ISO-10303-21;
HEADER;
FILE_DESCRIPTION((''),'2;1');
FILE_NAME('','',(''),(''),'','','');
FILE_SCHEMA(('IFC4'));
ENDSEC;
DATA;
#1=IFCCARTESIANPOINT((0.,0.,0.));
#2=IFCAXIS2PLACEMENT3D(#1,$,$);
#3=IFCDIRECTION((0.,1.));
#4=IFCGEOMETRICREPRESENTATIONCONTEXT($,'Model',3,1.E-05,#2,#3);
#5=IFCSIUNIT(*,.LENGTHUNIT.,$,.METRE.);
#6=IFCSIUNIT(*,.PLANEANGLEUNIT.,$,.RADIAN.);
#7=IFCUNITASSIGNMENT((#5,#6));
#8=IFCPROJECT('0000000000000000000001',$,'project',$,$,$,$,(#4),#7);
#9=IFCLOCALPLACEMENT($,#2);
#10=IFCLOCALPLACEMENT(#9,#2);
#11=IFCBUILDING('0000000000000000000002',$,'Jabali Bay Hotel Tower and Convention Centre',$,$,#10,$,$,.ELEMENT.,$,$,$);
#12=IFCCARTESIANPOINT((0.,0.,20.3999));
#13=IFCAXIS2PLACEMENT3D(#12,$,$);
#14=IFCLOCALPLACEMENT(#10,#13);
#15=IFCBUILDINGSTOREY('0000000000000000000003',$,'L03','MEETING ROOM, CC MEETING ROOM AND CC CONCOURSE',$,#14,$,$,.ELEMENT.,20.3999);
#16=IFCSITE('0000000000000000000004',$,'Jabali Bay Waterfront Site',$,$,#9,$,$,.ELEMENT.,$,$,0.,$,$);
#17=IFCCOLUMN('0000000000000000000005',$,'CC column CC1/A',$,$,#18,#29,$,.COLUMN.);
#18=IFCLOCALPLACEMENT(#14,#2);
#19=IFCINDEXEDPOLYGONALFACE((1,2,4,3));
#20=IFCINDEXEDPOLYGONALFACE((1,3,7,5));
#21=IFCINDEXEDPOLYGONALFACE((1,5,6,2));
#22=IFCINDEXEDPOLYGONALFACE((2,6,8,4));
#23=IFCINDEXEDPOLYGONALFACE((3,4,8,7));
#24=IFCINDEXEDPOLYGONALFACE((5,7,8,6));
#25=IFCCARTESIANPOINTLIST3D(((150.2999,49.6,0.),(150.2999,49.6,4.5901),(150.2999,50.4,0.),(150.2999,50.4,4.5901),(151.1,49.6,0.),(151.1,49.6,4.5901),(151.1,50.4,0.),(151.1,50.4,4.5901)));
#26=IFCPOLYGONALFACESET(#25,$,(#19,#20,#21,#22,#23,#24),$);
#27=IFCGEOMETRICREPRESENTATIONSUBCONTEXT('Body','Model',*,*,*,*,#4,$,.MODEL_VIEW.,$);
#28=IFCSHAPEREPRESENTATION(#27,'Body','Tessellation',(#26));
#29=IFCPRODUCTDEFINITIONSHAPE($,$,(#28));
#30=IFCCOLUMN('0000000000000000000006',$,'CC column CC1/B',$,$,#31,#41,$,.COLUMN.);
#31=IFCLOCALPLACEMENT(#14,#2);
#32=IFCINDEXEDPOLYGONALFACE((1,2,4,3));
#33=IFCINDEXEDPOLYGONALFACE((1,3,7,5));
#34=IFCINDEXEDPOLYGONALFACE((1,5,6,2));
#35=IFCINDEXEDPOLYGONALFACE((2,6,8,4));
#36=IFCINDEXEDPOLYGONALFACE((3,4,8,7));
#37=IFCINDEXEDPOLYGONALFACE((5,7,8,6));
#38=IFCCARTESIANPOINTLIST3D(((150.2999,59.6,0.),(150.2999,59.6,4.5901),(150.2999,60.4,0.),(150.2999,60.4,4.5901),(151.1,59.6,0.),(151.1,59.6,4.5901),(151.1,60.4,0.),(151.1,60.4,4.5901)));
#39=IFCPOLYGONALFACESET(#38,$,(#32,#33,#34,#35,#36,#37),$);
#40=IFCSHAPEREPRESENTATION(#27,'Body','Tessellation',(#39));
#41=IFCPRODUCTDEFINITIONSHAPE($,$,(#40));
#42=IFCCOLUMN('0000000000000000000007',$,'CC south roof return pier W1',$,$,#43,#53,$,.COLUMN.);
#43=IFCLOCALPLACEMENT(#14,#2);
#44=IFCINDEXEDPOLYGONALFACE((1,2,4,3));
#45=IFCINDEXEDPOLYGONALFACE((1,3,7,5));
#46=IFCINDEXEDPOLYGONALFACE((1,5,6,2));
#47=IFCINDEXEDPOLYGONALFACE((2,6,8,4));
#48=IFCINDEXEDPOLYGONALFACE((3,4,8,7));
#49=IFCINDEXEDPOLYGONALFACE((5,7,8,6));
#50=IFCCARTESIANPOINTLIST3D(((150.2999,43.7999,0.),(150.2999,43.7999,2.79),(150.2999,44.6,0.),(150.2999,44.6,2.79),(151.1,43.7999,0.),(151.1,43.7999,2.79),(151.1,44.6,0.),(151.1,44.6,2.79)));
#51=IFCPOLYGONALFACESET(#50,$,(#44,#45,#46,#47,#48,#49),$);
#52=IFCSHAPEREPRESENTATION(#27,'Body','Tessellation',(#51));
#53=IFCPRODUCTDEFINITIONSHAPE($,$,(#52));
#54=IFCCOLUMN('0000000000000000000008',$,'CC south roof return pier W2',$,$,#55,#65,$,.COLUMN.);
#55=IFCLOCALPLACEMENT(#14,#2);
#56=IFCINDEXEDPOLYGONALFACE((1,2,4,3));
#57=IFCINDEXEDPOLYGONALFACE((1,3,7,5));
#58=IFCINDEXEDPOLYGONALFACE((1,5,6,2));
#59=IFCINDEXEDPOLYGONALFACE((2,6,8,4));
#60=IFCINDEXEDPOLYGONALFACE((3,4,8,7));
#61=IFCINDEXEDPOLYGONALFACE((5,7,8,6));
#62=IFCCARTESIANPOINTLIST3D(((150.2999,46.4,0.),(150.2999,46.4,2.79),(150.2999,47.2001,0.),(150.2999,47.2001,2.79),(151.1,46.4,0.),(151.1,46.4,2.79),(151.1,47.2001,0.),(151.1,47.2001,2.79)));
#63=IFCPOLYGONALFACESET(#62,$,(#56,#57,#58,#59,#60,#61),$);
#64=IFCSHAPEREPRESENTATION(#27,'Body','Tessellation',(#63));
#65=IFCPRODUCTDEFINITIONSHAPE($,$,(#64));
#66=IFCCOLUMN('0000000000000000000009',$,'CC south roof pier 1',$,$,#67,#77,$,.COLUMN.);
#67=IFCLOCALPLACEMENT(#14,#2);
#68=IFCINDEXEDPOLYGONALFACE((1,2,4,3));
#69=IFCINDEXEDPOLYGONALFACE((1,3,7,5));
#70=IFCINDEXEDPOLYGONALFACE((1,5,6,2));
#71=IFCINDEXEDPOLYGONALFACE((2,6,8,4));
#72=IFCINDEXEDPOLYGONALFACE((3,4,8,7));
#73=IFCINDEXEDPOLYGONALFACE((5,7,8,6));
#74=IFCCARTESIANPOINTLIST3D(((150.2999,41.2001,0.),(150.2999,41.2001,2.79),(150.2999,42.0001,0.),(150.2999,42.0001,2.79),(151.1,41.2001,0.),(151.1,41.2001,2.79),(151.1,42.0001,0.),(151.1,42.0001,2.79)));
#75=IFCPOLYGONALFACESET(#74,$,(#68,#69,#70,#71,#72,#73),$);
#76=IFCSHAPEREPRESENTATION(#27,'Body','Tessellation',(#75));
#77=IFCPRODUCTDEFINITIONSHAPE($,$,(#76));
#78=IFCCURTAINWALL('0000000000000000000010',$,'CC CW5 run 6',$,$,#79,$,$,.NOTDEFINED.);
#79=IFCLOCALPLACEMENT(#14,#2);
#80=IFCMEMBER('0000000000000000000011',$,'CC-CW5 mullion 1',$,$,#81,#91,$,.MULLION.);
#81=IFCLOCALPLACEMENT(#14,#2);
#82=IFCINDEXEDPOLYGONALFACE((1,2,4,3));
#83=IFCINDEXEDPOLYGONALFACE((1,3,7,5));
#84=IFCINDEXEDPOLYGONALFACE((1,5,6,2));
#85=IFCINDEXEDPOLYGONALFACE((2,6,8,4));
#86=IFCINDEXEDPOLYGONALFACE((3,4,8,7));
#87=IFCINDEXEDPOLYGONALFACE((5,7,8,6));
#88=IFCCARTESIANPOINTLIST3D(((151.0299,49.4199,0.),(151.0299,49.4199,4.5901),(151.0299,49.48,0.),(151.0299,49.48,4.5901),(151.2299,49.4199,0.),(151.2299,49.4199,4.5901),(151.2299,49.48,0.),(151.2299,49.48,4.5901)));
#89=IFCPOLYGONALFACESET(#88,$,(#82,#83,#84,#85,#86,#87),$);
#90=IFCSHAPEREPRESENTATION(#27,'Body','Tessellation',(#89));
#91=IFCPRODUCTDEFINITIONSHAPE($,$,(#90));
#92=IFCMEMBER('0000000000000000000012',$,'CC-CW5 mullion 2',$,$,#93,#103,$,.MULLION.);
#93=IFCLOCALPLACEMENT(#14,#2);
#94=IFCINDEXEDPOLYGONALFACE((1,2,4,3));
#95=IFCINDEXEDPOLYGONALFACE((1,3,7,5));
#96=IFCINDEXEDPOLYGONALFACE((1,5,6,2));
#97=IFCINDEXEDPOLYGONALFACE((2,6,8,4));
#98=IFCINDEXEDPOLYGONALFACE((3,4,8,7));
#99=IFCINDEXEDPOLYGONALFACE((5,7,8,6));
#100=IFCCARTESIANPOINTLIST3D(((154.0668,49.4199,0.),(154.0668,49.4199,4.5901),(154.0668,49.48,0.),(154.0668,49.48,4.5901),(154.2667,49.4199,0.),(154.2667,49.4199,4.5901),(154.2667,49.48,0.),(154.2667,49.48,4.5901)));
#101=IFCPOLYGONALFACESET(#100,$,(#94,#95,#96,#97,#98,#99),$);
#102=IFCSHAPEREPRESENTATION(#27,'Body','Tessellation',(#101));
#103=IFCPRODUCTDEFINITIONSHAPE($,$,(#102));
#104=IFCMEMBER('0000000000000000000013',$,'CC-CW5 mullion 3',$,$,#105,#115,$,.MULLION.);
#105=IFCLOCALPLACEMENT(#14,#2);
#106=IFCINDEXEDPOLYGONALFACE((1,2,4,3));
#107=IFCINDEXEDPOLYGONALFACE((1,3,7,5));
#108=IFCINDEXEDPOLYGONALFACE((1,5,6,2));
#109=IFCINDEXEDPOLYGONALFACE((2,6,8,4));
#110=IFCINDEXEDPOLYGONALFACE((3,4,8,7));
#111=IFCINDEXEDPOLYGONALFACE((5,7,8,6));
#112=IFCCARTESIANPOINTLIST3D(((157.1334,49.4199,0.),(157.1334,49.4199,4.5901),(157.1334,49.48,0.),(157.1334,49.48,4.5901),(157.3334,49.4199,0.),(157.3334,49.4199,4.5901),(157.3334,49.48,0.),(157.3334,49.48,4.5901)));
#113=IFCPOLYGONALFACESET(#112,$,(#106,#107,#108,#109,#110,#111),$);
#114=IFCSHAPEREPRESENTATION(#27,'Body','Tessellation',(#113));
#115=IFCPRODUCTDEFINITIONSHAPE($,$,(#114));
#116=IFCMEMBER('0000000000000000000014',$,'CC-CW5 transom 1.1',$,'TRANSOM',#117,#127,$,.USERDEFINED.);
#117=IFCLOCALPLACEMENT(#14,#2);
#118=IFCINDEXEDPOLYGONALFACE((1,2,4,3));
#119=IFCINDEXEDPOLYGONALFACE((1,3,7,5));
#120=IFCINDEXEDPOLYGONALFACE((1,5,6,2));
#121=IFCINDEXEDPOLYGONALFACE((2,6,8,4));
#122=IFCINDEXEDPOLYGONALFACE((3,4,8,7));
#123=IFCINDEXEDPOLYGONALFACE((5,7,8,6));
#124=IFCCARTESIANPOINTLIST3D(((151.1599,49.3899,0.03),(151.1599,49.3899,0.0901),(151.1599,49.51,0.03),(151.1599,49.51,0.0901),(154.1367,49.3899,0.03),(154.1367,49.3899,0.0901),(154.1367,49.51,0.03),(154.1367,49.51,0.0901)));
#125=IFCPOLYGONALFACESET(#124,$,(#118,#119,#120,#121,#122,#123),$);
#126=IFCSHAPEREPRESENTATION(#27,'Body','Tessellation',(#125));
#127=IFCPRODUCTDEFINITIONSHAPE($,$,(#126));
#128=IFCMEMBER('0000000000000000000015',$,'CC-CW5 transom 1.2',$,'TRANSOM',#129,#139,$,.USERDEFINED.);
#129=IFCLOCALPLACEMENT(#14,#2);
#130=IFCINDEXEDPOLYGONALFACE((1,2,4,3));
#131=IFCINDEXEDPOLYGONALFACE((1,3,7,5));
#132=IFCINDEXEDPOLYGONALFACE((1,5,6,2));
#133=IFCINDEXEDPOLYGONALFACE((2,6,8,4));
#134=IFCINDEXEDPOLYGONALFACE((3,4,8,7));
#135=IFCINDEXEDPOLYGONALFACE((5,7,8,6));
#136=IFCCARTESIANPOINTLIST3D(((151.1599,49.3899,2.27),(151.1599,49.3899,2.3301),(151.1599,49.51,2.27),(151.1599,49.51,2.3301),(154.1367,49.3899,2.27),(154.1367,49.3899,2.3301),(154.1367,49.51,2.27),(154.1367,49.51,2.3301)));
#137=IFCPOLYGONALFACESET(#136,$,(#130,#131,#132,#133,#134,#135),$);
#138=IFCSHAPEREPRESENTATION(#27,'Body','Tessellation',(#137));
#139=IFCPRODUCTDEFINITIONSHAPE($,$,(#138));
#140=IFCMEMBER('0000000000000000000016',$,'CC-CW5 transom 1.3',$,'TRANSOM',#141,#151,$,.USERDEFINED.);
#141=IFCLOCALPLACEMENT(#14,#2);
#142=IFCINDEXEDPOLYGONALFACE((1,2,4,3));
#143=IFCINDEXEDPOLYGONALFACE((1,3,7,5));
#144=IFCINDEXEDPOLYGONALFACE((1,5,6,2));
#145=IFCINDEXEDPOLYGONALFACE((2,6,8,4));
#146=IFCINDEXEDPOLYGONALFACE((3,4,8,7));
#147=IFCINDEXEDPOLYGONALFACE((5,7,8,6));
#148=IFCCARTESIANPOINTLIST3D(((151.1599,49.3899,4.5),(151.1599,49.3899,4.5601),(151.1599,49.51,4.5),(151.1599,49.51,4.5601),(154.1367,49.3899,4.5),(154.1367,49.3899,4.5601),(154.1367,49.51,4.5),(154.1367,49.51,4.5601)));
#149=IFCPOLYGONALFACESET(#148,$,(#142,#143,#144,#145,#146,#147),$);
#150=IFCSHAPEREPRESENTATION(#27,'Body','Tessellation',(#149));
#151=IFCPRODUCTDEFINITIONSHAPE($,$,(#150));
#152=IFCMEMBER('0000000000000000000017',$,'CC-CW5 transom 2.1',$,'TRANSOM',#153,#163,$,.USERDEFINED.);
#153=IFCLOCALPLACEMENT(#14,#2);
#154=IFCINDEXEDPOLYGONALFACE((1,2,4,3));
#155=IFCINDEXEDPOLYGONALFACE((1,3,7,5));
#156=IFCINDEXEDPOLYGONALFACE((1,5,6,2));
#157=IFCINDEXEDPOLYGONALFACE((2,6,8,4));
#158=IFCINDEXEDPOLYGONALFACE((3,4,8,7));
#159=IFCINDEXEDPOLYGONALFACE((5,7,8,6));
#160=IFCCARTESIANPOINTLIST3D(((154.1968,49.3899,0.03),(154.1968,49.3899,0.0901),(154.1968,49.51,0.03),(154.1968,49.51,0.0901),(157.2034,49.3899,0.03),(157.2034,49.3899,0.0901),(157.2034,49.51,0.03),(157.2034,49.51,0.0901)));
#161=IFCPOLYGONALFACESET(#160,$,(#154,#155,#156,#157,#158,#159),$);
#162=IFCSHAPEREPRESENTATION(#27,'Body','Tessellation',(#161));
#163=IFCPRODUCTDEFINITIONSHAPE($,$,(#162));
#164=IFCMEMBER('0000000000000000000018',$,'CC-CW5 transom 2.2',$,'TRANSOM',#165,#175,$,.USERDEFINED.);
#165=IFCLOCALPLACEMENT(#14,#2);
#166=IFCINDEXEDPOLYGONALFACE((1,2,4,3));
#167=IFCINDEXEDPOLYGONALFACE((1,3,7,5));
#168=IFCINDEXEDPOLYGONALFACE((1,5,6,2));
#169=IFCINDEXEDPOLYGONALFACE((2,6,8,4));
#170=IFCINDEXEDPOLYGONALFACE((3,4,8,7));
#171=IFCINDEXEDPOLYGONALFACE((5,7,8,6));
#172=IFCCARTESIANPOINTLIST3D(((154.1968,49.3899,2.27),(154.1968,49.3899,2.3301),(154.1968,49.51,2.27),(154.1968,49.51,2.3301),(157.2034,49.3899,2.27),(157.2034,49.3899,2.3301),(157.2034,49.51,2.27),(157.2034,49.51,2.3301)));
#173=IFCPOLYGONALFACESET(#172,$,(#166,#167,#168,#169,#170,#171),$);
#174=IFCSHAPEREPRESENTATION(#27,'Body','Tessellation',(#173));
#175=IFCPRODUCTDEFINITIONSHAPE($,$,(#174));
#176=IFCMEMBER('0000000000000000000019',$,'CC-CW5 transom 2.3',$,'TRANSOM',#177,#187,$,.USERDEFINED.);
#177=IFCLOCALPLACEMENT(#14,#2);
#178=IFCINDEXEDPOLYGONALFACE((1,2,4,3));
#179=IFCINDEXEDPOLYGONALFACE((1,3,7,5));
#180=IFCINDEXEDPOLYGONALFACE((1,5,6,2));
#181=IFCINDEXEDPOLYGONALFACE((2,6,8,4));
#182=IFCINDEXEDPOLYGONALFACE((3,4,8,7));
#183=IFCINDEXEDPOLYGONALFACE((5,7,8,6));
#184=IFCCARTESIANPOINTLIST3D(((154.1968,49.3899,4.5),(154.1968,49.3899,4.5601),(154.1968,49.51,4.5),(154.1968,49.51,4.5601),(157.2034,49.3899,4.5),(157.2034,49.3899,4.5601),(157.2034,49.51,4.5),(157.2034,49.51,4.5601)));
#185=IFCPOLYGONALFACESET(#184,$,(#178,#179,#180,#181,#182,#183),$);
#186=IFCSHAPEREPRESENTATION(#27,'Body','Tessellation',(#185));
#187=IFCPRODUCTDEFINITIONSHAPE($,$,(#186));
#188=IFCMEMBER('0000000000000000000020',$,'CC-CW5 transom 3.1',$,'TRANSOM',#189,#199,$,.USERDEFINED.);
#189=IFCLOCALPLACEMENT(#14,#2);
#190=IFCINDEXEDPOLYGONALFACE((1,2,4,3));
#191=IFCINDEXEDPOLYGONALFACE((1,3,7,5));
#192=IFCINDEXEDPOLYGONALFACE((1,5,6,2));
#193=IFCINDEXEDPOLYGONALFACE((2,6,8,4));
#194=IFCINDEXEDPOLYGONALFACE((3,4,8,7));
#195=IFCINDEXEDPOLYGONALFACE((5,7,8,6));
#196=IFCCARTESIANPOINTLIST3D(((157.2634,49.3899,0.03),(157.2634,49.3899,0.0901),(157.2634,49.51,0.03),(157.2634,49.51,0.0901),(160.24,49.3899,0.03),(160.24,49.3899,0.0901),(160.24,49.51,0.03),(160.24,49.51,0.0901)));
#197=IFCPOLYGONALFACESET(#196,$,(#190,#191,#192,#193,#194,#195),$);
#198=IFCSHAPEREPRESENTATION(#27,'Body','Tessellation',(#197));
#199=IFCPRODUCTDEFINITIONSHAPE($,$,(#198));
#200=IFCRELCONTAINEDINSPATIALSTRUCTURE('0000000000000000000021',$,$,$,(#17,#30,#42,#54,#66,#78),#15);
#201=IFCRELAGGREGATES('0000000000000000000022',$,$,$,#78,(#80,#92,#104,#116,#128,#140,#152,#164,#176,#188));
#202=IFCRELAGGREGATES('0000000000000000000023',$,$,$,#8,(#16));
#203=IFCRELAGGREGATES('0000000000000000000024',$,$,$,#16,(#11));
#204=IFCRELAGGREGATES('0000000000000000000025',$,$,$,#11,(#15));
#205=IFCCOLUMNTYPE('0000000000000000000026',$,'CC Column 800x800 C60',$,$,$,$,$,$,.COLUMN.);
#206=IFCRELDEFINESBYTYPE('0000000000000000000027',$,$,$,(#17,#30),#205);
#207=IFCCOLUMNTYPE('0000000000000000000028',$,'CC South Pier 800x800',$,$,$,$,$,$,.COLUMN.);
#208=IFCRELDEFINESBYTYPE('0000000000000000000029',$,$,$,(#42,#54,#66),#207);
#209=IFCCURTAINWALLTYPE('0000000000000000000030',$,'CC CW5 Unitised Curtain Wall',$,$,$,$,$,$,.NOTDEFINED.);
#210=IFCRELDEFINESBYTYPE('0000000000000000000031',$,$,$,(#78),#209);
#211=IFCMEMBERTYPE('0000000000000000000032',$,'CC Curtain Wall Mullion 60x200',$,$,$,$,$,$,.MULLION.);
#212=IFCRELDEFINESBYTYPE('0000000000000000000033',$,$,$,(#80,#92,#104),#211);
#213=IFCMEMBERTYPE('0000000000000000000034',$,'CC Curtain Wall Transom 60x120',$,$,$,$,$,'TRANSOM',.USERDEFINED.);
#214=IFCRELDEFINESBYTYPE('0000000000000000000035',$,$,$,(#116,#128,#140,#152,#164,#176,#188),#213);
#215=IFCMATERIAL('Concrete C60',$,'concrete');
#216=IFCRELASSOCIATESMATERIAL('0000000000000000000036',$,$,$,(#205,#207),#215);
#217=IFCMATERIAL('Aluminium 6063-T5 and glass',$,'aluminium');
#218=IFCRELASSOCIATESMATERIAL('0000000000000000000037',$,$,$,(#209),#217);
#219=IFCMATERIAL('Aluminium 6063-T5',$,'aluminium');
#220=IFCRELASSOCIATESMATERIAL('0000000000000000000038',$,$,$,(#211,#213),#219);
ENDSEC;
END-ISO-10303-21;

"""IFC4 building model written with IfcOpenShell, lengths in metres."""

from ifc_helpers import new_model, si_unit, direction, frame, origin, origin_2d, place, context, subcontext, project, spatial, rectangle, extrude, material, material_profile, profile_set, type_object, element, aggregate, save


model = new_model("IFC4")

# Units and contexts
model_context = context("Model", 3, precision=1e-05, world=origin(), true_north=direction((0.0, 1.0)))
body_context = subcontext(model_context, "Body", "Model", "MODEL_VIEW")
ifc_project = project(units=[si_unit("LENGTHUNIT", "METRE"), si_unit("PLANEANGLEUNIT", "RADIAN")], contexts=[model_context])

# Site, building, storey
site_placement = place(None, origin())
site = spatial("IfcSite", under=ifc_project, at=site_placement, Name="Jabali Bay Waterfront Site", CompositionType="ELEMENT", RefElevation=0.0)
building_placement = place(site_placement, origin())
building = spatial("IfcBuilding", under=site, at=building_placement, Name="Jabali Bay Hotel Tower and Convention Centre", CompositionType="ELEMENT")
storey_placement = place(building_placement, frame((0.0, 0.0, 20.3999)))
storey = spatial("IfcBuildingStorey", under=building, at=storey_placement, Name="L03", Description="MEETING ROOM, CC MEETING ROOM AND CC CONCOURSE", CompositionType="ELEMENT", Elevation=20.3999)

# Columns
ifc_material_1 = material(Name="Concrete C60", Category="concrete")
ifc_material_profile_1 = material_profile(ifc_material_1, rectangle(XDim=0.8, YDim=0.8, at=origin_2d()), Name="RC 800x800")
ifc_profile_set_1 = profile_set([ifc_material_profile_1], Name="Concrete C60")
column_type_1 = type_object("IfcColumnType", Name="CC Column 800x800 C60", PredefinedType="COLUMN", material=ifc_profile_set_1)
for number, where, z_axis, x_axis, name in (
    (1, (150.7, 50.0, 0.0), (0.0, 0.0, 1.0), (1.0, 0.0, 0.0), "CC column CC1/A"),
    (2, (150.7, 60.0, 0.0), (0.0, 0.0, 1.0), (1.0, 0.0, 0.0), "CC column CC1/B"),
):
    element("IfcColumn", number, at=place(storey_placement, frame(where, z_axis=z_axis, x_axis=x_axis)), inside=storey, type_object=column_type_1, Name=name, PredefinedType="COLUMN", context=body_context, shape_type="SweptSolid", body=[
        extrude(rectangle(XDim=0.8, YDim=0.8, at=origin_2d()), origin(), (0.0, 0.0, 1.0), 4.5901),
    ])
ifc_material_profile_2 = material_profile(ifc_material_1, rectangle(XDim=0.8, YDim=0.8, at=origin_2d()), Name="RC 800x800")
ifc_profile_set_2 = profile_set([ifc_material_profile_2], Name="Concrete C60")
column_type_2 = type_object("IfcColumnType", Name="CC South Pier 800x800", PredefinedType="COLUMN", material=ifc_profile_set_2)
for number, where, z_axis, x_axis, name in (
    (3, (150.7, 44.2, 0.0), (0.0, 0.0, 1.0), (1.0, 0.0, 0.0), "CC south roof return pier W1"),
    (4, (150.7, 46.8, 0.0), (0.0, 0.0, 1.0), (1.0, 0.0, 0.0), "CC south roof return pier W2"),
    (5, (150.7, 41.6001, 0.0), (0.0, 0.0, 1.0), (1.0, 0.0, 0.0), "CC south roof pier 1"),
):
    element("IfcColumn", number, at=place(storey_placement, frame(where, z_axis=z_axis, x_axis=x_axis)), inside=storey, type_object=column_type_2, Name=name, PredefinedType="COLUMN", context=body_context, shape_type="SweptSolid", body=[
        extrude(rectangle(XDim=0.8, YDim=0.8, at=origin_2d()), origin(), (0.0, 0.0, 1.0), 2.79),
    ])

# Curtain wall, members
ifc_material_2 = material(Name="Aluminium 6063-T5 and glass", Category="aluminium")
curtain_wall_type = type_object("IfcCurtainWallType", Name="CC CW5 Unitised Curtain Wall", PredefinedType="NOTDEFINED", material=ifc_material_2)
curtain_wall_placement = place(storey_placement, origin())
curtain_wall = element("IfcCurtainWall", 6, at=curtain_wall_placement, inside=storey, type_object=curtain_wall_type, Name="CC CW5 run 6", PredefinedType="NOTDEFINED")
ifc_material_3 = material(Name="Aluminium 6063-T5", Category="aluminium")
ifc_material_profile_3 = material_profile(ifc_material_3, rectangle(XDim=0.0601, YDim=0.2, at=origin_2d()), Name="AL 60x200")
ifc_profile_set_3 = profile_set([ifc_material_profile_3], Name="Aluminium 6063-T5")
member_type_1 = type_object("IfcMemberType", Name="CC Curtain Wall Mullion 60x200", PredefinedType="MULLION", material=ifc_profile_set_3)
member_1_placement = place(storey_placement, frame((151.1299, 49.45, 0.0), z_axis=(0.0, 0.0, 1.0), x_axis=(0.0, 1.0, 0.0)))
member_1 = element("IfcMember", 7, at=member_1_placement, type_object=member_type_1, Name="CC-CW5 mullion 1", PredefinedType="MULLION", context=body_context, shape_type="SweptSolid", body=[
    extrude(rectangle(XDim=0.0601, YDim=0.2, at=origin_2d()), origin(), (0.0, 0.0, 1.0), 4.5901),
])
member_2_placement = place(storey_placement, frame((154.1667, 49.45, 0.0), z_axis=(0.0, 0.0, 1.0), x_axis=(0.0, 1.0, 0.0)))
member_2 = element("IfcMember", 8, at=member_2_placement, type_object=member_type_1, Name="CC-CW5 mullion 2", PredefinedType="MULLION", context=body_context, shape_type="SweptSolid", body=[
    extrude(rectangle(XDim=0.0601, YDim=0.2, at=origin_2d()), origin(), (0.0, 0.0, 1.0), 4.5901),
])
member_3_placement = place(storey_placement, frame((157.2334, 49.45, 0.0), z_axis=(0.0, 0.0, 1.0), x_axis=(0.0, 1.0, 0.0)))
member_3 = element("IfcMember", 9, at=member_3_placement, type_object=member_type_1, Name="CC-CW5 mullion 3", PredefinedType="MULLION", context=body_context, shape_type="SweptSolid", body=[
    extrude(rectangle(XDim=0.0601, YDim=0.2, at=origin_2d()), origin(), (0.0, 0.0, 1.0), 4.5901),
])
ifc_material_profile_4 = material_profile(ifc_material_3, rectangle(XDim=0.1201, YDim=0.0601, at=origin_2d()), Name="AL 120x60")
ifc_profile_set_4 = profile_set([ifc_material_profile_4], Name="Aluminium 6063-T5")
member_type_2 = type_object("IfcMemberType", Name="CC Curtain Wall Transom 60x120", ElementType="TRANSOM", PredefinedType="USERDEFINED", material=ifc_profile_set_4)
member_4_placement = place(storey_placement, frame((151.1599, 49.45, 0.0601), z_axis=(1.0, 0.0, 0.0), x_axis=(0.0, 1.0, 0.0)))
member_4 = element("IfcMember", 10, at=member_4_placement, type_object=member_type_2, Name="CC-CW5 transom 1.1", ObjectType="TRANSOM", PredefinedType="USERDEFINED", context=body_context, shape_type="SweptSolid", body=[
    extrude(rectangle(XDim=0.1201, YDim=0.0601, at=origin_2d()), origin(), (0.0, 0.0, 1.0), 2.9768),
])
member_5_placement = place(storey_placement, frame((151.1599, 49.45, 2.3), z_axis=(1.0, 0.0, 0.0), x_axis=(0.0, 1.0, 0.0)))
member_5 = element("IfcMember", 11, at=member_5_placement, type_object=member_type_2, Name="CC-CW5 transom 1.2", ObjectType="TRANSOM", PredefinedType="USERDEFINED", context=body_context, shape_type="SweptSolid", body=[
    extrude(rectangle(XDim=0.1201, YDim=0.0601, at=origin_2d()), origin(), (0.0, 0.0, 1.0), 2.9768),
])
member_6_placement = place(storey_placement, frame((151.1599, 49.45, 4.53), z_axis=(1.0, 0.0, 0.0), x_axis=(0.0, 1.0, 0.0)))
member_6 = element("IfcMember", 12, at=member_6_placement, type_object=member_type_2, Name="CC-CW5 transom 1.3", ObjectType="TRANSOM", PredefinedType="USERDEFINED", context=body_context, shape_type="SweptSolid", body=[
    extrude(rectangle(XDim=0.1201, YDim=0.0601, at=origin_2d()), origin(), (0.0, 0.0, 1.0), 2.9768),
])
member_7_placement = place(storey_placement, frame((154.1968, 49.45, 0.0601), z_axis=(1.0, 0.0, 0.0), x_axis=(0.0, 1.0, 0.0)))
member_7 = element("IfcMember", 13, at=member_7_placement, type_object=member_type_2, Name="CC-CW5 transom 2.1", ObjectType="TRANSOM", PredefinedType="USERDEFINED", context=body_context, shape_type="SweptSolid", body=[
    extrude(rectangle(XDim=0.1201, YDim=0.0601, at=origin_2d()), origin(), (0.0, 0.0, 1.0), 3.0066),
])
member_8_placement = place(storey_placement, frame((154.1968, 49.45, 2.3), z_axis=(1.0, 0.0, 0.0), x_axis=(0.0, 1.0, 0.0)))
member_8 = element("IfcMember", 14, at=member_8_placement, type_object=member_type_2, Name="CC-CW5 transom 2.2", ObjectType="TRANSOM", PredefinedType="USERDEFINED", context=body_context, shape_type="SweptSolid", body=[
    extrude(rectangle(XDim=0.1201, YDim=0.0601, at=origin_2d()), origin(), (0.0, 0.0, 1.0), 3.0066),
])
member_9_placement = place(storey_placement, frame((154.1968, 49.45, 4.53), z_axis=(1.0, 0.0, 0.0), x_axis=(0.0, 1.0, 0.0)))
member_9 = element("IfcMember", 15, at=member_9_placement, type_object=member_type_2, Name="CC-CW5 transom 2.3", ObjectType="TRANSOM", PredefinedType="USERDEFINED", context=body_context, shape_type="SweptSolid", body=[
    extrude(rectangle(XDim=0.1201, YDim=0.0601, at=origin_2d()), origin(), (0.0, 0.0, 1.0), 3.0066),
])
member_10_placement = place(storey_placement, frame((157.2634, 49.45, 0.0601), z_axis=(1.0, 0.0, 0.0), x_axis=(0.0, 1.0, 0.0)))
member_10 = element("IfcMember", 16, at=member_10_placement, type_object=member_type_2, Name="CC-CW5 transom 3.1", ObjectType="TRANSOM", PredefinedType="USERDEFINED", context=body_context, shape_type="SweptSolid", body=[
    extrude(rectangle(XDim=0.1201, YDim=0.0601, at=origin_2d()), origin(), (0.0, 0.0, 1.0), 2.9766),
])

aggregate(curtain_wall, [member_1, member_2, member_3, member_4, member_5, member_6, member_7, member_8, member_9, member_10])

save(model, "model.ifc")
